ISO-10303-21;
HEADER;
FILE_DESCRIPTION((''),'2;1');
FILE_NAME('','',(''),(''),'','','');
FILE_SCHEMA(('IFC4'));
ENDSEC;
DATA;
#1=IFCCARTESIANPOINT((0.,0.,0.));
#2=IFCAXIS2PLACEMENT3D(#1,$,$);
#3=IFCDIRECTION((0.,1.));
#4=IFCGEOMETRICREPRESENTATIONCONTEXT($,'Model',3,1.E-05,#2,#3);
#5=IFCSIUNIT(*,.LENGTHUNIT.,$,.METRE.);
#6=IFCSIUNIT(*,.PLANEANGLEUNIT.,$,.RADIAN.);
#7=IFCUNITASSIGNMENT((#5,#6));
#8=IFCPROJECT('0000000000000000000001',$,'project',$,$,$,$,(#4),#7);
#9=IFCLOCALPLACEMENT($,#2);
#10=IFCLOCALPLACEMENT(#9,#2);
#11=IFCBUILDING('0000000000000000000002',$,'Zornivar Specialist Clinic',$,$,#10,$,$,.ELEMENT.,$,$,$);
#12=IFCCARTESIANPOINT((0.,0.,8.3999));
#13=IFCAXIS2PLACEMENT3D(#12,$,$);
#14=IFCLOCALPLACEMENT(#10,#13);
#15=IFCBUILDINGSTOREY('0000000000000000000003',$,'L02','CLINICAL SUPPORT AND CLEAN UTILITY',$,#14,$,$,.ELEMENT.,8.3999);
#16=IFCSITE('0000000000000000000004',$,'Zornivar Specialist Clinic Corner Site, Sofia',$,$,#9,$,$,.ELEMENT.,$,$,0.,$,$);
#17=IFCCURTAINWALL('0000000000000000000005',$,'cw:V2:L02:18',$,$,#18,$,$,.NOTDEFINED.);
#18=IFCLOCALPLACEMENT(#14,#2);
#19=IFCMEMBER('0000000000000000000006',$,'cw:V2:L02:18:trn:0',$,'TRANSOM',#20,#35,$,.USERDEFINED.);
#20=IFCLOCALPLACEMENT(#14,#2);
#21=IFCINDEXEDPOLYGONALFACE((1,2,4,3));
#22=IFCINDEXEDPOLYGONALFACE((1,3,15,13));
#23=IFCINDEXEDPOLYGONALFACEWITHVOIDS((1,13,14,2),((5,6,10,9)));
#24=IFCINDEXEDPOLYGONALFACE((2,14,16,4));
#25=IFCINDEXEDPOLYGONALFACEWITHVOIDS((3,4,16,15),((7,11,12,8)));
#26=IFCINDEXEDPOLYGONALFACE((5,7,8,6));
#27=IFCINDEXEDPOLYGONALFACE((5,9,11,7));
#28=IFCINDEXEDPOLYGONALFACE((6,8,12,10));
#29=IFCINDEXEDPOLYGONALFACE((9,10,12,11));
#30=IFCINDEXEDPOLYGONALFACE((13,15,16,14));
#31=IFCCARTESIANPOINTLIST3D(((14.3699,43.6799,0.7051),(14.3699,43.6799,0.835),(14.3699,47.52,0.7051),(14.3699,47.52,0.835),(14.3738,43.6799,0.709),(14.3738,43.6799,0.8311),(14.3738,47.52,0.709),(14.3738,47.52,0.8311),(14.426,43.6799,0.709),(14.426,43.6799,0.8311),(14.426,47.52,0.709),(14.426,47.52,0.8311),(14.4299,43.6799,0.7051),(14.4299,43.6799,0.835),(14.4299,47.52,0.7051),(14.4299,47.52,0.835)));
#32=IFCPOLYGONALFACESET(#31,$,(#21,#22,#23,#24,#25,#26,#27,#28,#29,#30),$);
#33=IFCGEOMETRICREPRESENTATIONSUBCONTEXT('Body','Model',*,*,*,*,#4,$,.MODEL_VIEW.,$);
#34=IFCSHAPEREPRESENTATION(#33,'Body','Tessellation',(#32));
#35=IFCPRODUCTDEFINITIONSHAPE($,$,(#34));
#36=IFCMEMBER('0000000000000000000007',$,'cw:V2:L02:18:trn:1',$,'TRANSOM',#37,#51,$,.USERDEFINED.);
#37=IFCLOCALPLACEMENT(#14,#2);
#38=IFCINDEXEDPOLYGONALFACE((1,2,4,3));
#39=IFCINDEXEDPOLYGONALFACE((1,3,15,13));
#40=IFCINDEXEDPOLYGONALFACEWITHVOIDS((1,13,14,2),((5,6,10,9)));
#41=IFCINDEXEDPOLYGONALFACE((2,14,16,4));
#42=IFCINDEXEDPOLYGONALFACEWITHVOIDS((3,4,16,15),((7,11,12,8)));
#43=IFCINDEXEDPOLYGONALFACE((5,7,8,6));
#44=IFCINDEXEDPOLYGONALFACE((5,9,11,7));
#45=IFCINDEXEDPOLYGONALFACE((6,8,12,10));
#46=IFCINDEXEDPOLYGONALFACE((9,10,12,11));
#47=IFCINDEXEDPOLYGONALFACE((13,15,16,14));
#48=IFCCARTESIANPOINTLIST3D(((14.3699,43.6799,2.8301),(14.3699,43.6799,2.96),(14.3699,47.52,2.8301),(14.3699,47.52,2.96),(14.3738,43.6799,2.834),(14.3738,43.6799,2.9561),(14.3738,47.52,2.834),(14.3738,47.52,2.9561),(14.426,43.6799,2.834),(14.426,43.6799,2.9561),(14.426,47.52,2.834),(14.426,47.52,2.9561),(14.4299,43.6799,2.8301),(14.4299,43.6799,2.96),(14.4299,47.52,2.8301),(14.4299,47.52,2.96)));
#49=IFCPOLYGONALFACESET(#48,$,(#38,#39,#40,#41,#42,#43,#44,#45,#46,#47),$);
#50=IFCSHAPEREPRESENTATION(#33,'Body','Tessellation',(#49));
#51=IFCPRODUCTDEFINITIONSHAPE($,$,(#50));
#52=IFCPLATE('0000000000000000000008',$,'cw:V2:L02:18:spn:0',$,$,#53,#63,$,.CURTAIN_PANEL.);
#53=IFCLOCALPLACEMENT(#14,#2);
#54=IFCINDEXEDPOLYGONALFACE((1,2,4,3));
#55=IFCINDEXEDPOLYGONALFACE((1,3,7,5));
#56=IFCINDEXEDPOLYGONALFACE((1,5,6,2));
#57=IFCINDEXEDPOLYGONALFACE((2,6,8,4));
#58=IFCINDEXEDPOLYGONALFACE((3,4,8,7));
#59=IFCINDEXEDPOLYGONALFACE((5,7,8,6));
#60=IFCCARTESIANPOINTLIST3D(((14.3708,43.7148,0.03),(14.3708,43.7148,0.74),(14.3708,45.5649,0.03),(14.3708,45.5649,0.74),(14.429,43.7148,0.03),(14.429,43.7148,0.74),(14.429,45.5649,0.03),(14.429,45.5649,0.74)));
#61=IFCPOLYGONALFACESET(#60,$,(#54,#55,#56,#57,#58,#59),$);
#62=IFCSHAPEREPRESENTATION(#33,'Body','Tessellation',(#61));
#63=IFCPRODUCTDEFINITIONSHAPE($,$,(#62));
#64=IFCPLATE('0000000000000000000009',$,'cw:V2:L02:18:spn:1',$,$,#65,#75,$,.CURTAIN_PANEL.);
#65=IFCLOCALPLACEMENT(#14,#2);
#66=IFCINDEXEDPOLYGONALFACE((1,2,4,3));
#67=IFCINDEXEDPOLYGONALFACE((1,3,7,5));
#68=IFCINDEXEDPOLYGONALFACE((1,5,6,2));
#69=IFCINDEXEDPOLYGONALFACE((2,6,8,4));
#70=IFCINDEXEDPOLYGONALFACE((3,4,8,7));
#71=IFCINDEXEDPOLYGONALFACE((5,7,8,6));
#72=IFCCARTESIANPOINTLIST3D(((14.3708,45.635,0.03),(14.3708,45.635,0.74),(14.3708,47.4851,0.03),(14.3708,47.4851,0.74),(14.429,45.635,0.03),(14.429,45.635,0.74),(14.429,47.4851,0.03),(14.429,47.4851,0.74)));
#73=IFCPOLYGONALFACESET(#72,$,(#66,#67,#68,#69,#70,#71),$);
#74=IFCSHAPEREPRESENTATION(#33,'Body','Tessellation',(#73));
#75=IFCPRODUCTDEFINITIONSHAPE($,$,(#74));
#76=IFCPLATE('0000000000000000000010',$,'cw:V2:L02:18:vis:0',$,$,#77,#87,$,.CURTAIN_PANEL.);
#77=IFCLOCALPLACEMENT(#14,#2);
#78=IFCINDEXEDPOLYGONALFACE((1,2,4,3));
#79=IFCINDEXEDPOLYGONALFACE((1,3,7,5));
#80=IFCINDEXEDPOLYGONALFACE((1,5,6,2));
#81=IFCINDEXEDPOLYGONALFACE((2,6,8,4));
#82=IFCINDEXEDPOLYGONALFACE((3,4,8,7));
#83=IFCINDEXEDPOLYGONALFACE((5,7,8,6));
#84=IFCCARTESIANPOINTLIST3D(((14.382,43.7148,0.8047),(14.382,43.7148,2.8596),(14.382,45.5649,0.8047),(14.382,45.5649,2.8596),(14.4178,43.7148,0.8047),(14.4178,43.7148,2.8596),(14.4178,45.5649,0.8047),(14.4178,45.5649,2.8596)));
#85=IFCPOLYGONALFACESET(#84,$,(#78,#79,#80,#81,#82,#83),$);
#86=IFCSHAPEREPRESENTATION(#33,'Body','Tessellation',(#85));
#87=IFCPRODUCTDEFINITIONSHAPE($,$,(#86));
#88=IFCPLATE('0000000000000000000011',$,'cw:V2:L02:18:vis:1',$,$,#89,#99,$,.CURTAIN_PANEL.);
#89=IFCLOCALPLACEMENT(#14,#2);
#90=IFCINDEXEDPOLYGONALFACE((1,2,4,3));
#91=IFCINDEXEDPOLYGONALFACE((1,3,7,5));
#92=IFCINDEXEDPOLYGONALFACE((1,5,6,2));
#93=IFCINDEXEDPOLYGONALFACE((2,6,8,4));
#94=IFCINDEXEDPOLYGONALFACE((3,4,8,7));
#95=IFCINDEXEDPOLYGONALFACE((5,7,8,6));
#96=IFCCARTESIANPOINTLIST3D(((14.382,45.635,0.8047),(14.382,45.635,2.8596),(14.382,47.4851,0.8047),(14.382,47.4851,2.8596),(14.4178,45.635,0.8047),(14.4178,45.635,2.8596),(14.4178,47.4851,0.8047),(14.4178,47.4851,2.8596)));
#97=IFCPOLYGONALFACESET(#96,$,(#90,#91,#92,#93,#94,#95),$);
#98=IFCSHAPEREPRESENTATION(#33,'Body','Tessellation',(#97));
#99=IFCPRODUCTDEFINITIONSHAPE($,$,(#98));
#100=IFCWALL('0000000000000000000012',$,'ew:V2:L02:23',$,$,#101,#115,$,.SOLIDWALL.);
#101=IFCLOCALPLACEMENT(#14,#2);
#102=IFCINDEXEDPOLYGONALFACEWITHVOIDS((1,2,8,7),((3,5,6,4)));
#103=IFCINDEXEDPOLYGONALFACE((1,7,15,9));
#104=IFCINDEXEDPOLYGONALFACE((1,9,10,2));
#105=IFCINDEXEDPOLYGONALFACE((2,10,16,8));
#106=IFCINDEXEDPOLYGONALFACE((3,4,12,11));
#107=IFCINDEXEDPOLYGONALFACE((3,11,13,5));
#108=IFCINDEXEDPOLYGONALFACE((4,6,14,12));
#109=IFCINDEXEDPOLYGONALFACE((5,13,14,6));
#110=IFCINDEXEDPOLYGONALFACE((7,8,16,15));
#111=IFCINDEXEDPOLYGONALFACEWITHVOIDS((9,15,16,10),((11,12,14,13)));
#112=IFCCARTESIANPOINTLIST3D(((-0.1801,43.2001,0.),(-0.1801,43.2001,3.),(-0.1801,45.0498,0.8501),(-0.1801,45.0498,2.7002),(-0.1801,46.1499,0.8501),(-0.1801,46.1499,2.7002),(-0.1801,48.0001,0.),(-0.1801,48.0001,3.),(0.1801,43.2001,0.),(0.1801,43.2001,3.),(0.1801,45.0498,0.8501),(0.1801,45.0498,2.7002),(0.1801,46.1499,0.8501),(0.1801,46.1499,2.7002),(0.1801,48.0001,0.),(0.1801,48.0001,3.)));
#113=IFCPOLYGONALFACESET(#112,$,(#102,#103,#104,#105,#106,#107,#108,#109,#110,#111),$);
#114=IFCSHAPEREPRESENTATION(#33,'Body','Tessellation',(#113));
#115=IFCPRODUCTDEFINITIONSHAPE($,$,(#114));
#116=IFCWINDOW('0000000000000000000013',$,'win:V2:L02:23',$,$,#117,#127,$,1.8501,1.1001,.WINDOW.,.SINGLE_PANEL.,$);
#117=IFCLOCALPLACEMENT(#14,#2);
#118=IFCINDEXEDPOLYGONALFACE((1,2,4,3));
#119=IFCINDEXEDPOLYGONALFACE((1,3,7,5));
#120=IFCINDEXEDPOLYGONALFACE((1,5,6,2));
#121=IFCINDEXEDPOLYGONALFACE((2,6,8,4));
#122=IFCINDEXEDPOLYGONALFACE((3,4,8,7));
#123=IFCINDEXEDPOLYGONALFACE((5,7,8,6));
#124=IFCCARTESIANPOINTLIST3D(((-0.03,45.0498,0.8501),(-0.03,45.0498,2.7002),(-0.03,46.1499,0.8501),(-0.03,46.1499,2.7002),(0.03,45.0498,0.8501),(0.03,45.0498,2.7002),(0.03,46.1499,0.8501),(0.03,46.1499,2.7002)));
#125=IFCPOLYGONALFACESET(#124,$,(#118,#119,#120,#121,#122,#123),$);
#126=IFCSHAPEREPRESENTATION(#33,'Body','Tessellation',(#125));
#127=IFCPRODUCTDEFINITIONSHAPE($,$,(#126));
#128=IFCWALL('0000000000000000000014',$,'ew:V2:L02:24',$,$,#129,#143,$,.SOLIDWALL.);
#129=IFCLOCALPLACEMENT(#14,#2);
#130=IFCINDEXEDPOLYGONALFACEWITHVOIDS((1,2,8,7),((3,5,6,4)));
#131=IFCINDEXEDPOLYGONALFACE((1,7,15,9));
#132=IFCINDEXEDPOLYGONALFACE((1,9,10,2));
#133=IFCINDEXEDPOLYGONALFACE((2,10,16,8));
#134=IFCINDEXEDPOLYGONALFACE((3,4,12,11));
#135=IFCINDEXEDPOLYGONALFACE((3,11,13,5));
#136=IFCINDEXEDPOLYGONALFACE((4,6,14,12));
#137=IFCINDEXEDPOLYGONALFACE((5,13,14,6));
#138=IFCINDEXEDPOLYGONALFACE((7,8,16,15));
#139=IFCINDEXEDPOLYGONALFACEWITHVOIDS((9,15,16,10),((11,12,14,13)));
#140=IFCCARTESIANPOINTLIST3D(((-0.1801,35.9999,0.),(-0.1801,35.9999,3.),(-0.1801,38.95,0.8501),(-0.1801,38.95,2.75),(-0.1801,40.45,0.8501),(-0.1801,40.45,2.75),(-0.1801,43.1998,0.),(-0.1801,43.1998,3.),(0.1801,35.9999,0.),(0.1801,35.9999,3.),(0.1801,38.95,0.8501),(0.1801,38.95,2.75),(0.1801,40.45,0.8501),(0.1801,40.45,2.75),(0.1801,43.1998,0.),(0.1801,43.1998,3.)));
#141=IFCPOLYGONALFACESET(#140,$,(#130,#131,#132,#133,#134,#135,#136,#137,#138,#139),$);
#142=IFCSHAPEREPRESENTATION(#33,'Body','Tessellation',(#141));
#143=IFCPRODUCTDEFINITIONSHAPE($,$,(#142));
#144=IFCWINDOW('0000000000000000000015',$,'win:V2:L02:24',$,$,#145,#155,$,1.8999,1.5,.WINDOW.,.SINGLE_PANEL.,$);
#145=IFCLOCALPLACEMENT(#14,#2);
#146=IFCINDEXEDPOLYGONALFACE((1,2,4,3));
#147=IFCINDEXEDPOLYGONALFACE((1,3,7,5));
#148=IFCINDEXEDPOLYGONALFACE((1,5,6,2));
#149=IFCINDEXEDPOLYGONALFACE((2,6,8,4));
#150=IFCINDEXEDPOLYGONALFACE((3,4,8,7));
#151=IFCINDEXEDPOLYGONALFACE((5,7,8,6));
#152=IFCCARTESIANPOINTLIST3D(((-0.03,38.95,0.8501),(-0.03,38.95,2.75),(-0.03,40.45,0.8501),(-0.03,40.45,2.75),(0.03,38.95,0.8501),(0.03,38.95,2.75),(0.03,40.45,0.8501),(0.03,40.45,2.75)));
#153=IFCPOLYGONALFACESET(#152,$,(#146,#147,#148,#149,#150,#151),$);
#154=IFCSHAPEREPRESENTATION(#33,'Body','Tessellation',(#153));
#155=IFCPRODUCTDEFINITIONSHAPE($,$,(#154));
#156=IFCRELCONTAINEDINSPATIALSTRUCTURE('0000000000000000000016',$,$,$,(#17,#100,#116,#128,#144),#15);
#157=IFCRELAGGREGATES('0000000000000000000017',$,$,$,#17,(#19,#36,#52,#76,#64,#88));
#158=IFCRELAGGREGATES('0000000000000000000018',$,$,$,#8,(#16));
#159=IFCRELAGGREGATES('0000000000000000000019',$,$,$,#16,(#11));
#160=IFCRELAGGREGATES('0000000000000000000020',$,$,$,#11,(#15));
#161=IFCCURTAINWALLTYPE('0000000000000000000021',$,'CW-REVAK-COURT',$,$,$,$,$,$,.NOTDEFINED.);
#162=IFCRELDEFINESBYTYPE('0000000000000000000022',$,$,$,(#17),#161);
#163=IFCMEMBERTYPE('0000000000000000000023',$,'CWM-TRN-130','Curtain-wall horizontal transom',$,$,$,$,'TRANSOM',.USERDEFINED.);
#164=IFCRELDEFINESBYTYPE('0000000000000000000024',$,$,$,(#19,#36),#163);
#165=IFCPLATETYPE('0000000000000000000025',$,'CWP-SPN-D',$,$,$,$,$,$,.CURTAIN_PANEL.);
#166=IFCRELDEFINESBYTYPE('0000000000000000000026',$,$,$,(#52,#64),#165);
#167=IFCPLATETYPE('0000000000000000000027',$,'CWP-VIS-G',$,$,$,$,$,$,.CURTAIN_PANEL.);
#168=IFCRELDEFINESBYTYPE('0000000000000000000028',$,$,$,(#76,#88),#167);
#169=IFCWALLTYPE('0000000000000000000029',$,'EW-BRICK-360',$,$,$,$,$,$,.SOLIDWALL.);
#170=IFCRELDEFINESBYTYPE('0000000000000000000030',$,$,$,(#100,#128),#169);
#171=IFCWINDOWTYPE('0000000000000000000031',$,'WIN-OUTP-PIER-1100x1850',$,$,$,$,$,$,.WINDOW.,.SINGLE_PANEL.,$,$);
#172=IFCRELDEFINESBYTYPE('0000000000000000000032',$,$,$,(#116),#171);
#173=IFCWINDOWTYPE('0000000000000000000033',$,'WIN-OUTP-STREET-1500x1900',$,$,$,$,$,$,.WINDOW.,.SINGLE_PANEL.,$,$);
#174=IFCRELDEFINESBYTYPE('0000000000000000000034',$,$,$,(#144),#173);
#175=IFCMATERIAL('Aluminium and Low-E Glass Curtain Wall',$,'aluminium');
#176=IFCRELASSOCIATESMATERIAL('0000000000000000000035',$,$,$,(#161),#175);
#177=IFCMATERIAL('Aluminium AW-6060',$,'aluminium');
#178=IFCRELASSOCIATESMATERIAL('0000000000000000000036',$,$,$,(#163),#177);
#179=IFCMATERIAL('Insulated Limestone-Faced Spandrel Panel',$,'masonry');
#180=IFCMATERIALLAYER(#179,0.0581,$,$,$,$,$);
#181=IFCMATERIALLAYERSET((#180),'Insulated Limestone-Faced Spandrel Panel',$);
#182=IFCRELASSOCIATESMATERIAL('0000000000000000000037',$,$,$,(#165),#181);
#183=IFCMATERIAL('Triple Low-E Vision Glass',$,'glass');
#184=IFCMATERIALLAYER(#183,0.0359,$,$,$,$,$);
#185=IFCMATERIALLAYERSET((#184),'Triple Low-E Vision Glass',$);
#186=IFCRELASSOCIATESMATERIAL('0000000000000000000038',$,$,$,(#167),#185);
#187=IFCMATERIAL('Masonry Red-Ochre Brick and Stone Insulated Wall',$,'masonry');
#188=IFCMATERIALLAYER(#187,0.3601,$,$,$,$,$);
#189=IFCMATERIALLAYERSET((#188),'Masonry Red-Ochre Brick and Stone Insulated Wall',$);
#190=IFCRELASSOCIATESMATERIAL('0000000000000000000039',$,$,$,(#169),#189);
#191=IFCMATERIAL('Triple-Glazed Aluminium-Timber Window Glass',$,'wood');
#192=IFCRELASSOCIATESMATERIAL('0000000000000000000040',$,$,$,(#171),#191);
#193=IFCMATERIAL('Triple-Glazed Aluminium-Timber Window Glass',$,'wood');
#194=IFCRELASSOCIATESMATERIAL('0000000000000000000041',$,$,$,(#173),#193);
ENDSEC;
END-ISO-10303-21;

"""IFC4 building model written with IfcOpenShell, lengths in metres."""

from ifc_helpers import new_model, si_unit, direction, frame, frame_2d, origin, origin_2d, place, context, subcontext, project, spatial, rectangle, hollow_rectangle, extrude, material, layer, layer_set, material_profile, profile_set, type_object, element, fill, aggregate, save


model = new_model("IFC4")

# Units and contexts
model_context = context("Model", 3, precision=1e-05, world=origin(), true_north=direction((0.0, 1.0)))
body_context = subcontext(model_context, "Body", "Model", "MODEL_VIEW")
ifc_project = project(units=[si_unit("LENGTHUNIT", "METRE"), si_unit("PLANEANGLEUNIT", "RADIAN")], contexts=[model_context])

# Site, building, storey
site_placement = place(None, origin())
site = spatial("IfcSite", under=ifc_project, at=site_placement, Name="Zornivar Specialist Clinic Corner Site, Sofia", CompositionType="ELEMENT", RefElevation=0.0)
building_placement = place(site_placement, origin())
building = spatial("IfcBuilding", under=site, at=building_placement, Name="Zornivar Specialist Clinic", CompositionType="ELEMENT")
storey_placement = place(building_placement, frame((0.0, 0.0, 8.3999)))
storey = spatial("IfcBuildingStorey", under=building, at=storey_placement, Name="L02", Description="CLINICAL SUPPORT AND CLEAN UTILITY", CompositionType="ELEMENT", Elevation=8.3999)

# Curtain wall, members, plates
ifc_material_1 = material(Name="Aluminium and Low-E Glass Curtain Wall", Category="aluminium")
curtain_wall_type = type_object("IfcCurtainWallType", Name="CW-REVAK-COURT", PredefinedType="NOTDEFINED", material=ifc_material_1)
curtain_wall_placement = place(storey_placement, origin())
curtain_wall = element("IfcCurtainWall", 1, at=curtain_wall_placement, inside=storey, type_object=curtain_wall_type, Name="cw:V2:L02:18", PredefinedType="NOTDEFINED")
ifc_material_2 = material(Name="Aluminium AW-6060", Category="aluminium")
ifc_material_profile_1 = material_profile(ifc_material_2, hollow_rectangle(XDim=0.0601, YDim=0.1299, WallThickness=0.0039, at=origin_2d()), Name="ALU 60x130x4")
ifc_profile_set_1 = profile_set([ifc_material_profile_1], Name="Aluminium AW-6060")
member_type_1 = type_object("IfcMemberType", Name="CWM-TRN-130", Description="Curtain-wall horizontal transom", ElementType="TRANSOM", PredefinedType="USERDEFINED", material=ifc_profile_set_1)
member_1_placement = place(storey_placement, frame((14.3999, 43.6799, 0.77), z_axis=(0.0, 1.0, 0.0), x_axis=(-1.0, 0.0, 0.0)))
member_1 = element("IfcMember", 2, at=member_1_placement, type_object=member_type_1, Name="cw:V2:L02:18:trn:0", ObjectType="TRANSOM", PredefinedType="USERDEFINED", context=body_context, shape_type="SweptSolid", body=[
    extrude(hollow_rectangle(XDim=0.0601, YDim=0.1299, WallThickness=0.0039, at=origin_2d()), origin(), (0.0, 0.0, 1.0), 3.8401),
])
member_2_placement = place(storey_placement, frame((14.3999, 43.6799, 2.895), z_axis=(0.0, 1.0, 0.0), x_axis=(-1.0, 0.0, 0.0)))
member_2 = element("IfcMember", 3, at=member_2_placement, type_object=member_type_1, Name="cw:V2:L02:18:trn:1", ObjectType="TRANSOM", PredefinedType="USERDEFINED", context=body_context, shape_type="SweptSolid", body=[
    extrude(hollow_rectangle(XDim=0.0601, YDim=0.1299, WallThickness=0.0039, at=origin_2d()), origin(), (0.0, 0.0, 1.0), 3.8401),
])
ifc_material_3 = material(Name="Insulated Limestone-Faced Spandrel Panel", Category="masonry")
ifc_layer_1 = layer(ifc_material_3, 0.0581)
ifc_layer_set_1 = layer_set([ifc_layer_1], Name="Insulated Limestone-Faced Spandrel Panel")
plate_type_1 = type_object("IfcPlateType", Name="CWP-SPN-D", PredefinedType="CURTAIN_PANEL", material=ifc_layer_set_1)
plate_1_placement = place(storey_placement, frame((14.3999, 44.6399, 0.03), z_axis=(0.0, 0.0, 1.0), x_axis=(0.0, 1.0, 0.0)))
plate_1 = element("IfcPlate", 4, at=plate_1_placement, type_object=plate_type_1, Name="cw:V2:L02:18:spn:0", PredefinedType="CURTAIN_PANEL", context=body_context, shape_type="SweptSolid", body=[
    extrude(rectangle(XDim=1.8501, YDim=0.0581, at=origin_2d()), origin(), (0.0, 0.0, 1.0), 0.71),
])
plate_2_placement = place(storey_placement, frame((14.3999, 46.5601, 0.03), z_axis=(0.0, 0.0, 1.0), x_axis=(0.0, 1.0, 0.0)))
plate_2 = element("IfcPlate", 5, at=plate_2_placement, type_object=plate_type_1, Name="cw:V2:L02:18:spn:1", PredefinedType="CURTAIN_PANEL", context=body_context, shape_type="SweptSolid", body=[
    extrude(rectangle(XDim=1.8501, YDim=0.0581, at=origin_2d()), origin(), (0.0, 0.0, 1.0), 0.71),
])
ifc_material_4 = material(Name="Triple Low-E Vision Glass", Category="glass")
ifc_layer_2 = layer(ifc_material_4, 0.0359)
ifc_layer_set_2 = layer_set([ifc_layer_2], Name="Triple Low-E Vision Glass")
plate_type_2 = type_object("IfcPlateType", Name="CWP-VIS-G", PredefinedType="CURTAIN_PANEL", material=ifc_layer_set_2)
plate_3_placement = place(storey_placement, frame((14.3999, 44.6399, 0.8047), z_axis=(0.0, 0.0, 1.0), x_axis=(0.0, 1.0, 0.0)))
plate_3 = element("IfcPlate", 6, at=plate_3_placement, type_object=plate_type_2, Name="cw:V2:L02:18:vis:0", PredefinedType="CURTAIN_PANEL", context=body_context, shape_type="SweptSolid", body=[
    extrude(rectangle(XDim=1.8501, YDim=0.0359, at=origin_2d()), origin(), (0.0, 0.0, 1.0), 2.0549),
])
plate_4_placement = place(storey_placement, frame((14.3999, 46.5601, 0.8047), z_axis=(0.0, 0.0, 1.0), x_axis=(0.0, 1.0, 0.0)))
plate_4 = element("IfcPlate", 7, at=plate_4_placement, type_object=plate_type_2, Name="cw:V2:L02:18:vis:1", PredefinedType="CURTAIN_PANEL", context=body_context, shape_type="SweptSolid", body=[
    extrude(rectangle(XDim=1.8501, YDim=0.0359, at=origin_2d()), origin(), (0.0, 0.0, 1.0), 2.0549),
])
aggregate(curtain_wall, [member_1, member_2, plate_1, plate_3, plate_2, plate_4])

# Walls, openings, windows
ifc_material_5 = material(Name="Masonry Red-Ochre Brick and Stone Insulated Wall", Category="masonry")
ifc_layer_3 = layer(ifc_material_5, 0.3601)
ifc_layer_set_3 = layer_set([ifc_layer_3], Name="Masonry Red-Ochre Brick and Stone Insulated Wall")
wall_type_1 = type_object("IfcWallType", Name="EW-BRICK-360", PredefinedType="SOLIDWALL", material=ifc_layer_set_3)
wall_1_placement = place(storey_placement, frame((0.0, 48.0, 0.0), z_axis=(0.0, 0.0, 1.0), x_axis=(0.0, -1.0, 0.0)))
wall_1 = element("IfcWall", 8, at=wall_1_placement, inside=storey, type_object=wall_type_1, Name="ew:V2:L02:23", PredefinedType="SOLIDWALL", context=body_context, shape_type="SweptSolid", body=[
    extrude(rectangle(XDim=4.8, YDim=0.3601, at=frame_2d((2.3999, 0.0))), origin(), (0.0, 0.0, 1.0), 3.0),
])
opening_1_placement = place(wall_1_placement, frame((1.8501, 0.0, 0.8501)))
opening_1 = element("IfcOpeningElement", 9, at=opening_1_placement, cuts=wall_1, PredefinedType="OPENING", context=body_context, shape_type="SweptSolid", body=[
    extrude(rectangle(XDim=1.1001, YDim=1.8501, at=frame_2d((0.55, 0.925))), frame((0.0, 0.1899, 0.0), z_axis=(0.0, -1.0, 0.0), x_axis=(1.0, 0.0, 0.0)), (0.0, 0.0, 1.0), 0.3801),
])
ifc_material_6 = material(Name="Triple-Glazed Aluminium-Timber Window Glass", Category="wood")
window_type_1 = type_object("IfcWindowType", Name="WIN-OUTP-PIER-1100x1850", PartitioningType="SINGLE_PANEL", PredefinedType="WINDOW", material=ifc_material_6)
window_1_placement = place(opening_1_placement, origin())
window_1 = element("IfcWindow", 10, at=window_1_placement, inside=storey, type_object=window_type_1, Name="win:V2:L02:23", OverallHeight=1.8501, OverallWidth=1.1001, PartitioningType="SINGLE_PANEL", PredefinedType="WINDOW", context=body_context, shape_type="SweptSolid", body=[
    extrude(rectangle(XDim=1.1001, YDim=1.8501, at=frame_2d((0.55, 0.925))), frame((0.0, 0.03, 0.0), z_axis=(0.0, -1.0, 0.0), x_axis=(1.0, 0.0, 0.0)), (0.0, 0.0, 1.0), 0.0601),
])
fill(opening_1, window_1)
wall_2_placement = place(storey_placement, frame((0.0, 43.2, 0.0), z_axis=(0.0, 0.0, 1.0), x_axis=(0.0, -1.0, 0.0)))
wall_2 = element("IfcWall", 11, at=wall_2_placement, inside=storey, type_object=wall_type_1, Name="ew:V2:L02:24", PredefinedType="SOLIDWALL", context=body_context, shape_type="SweptSolid", body=[
    extrude(rectangle(XDim=7.2, YDim=0.3601, at=frame_2d((3.6001, 0.0))), origin(), (0.0, 0.0, 1.0), 3.0),
])
opening_2_placement = place(wall_2_placement, frame((2.75, 0.0, 0.8501)))
opening_2 = element("IfcOpeningElement", 12, at=opening_2_placement, cuts=wall_2, PredefinedType="OPENING", context=body_context, shape_type="SweptSolid", body=[
    extrude(rectangle(XDim=1.5, YDim=1.8999, at=frame_2d((0.75, 0.95))), frame((0.0, 0.1899, 0.0), z_axis=(0.0, -1.0, 0.0), x_axis=(1.0, 0.0, 0.0)), (0.0, 0.0, 1.0), 0.3801),
])
ifc_material_7 = material(Name="Triple-Glazed Aluminium-Timber Window Glass", Category="wood")
window_type_2 = type_object("IfcWindowType", Name="WIN-OUTP-STREET-1500x1900", PartitioningType="SINGLE_PANEL", PredefinedType="WINDOW", material=ifc_material_7)
window_2_placement = place(opening_2_placement, origin())
window_2 = element("IfcWindow", 13, at=window_2_placement, inside=storey, type_object=window_type_2, Name="win:V2:L02:24", OverallHeight=1.8999, OverallWidth=1.5, PartitioningType="SINGLE_PANEL", PredefinedType="WINDOW", context=body_context, shape_type="SweptSolid", body=[
    extrude(rectangle(XDim=1.5, YDim=1.8999, at=frame_2d((0.75, 0.95))), frame((0.0, 0.03, 0.0), z_axis=(0.0, -1.0, 0.0), x_axis=(1.0, 0.0, 0.0)), (0.0, 0.0, 1.0), 0.0601),
])
fill(opening_2, window_2)

save(model, "model.ifc")
